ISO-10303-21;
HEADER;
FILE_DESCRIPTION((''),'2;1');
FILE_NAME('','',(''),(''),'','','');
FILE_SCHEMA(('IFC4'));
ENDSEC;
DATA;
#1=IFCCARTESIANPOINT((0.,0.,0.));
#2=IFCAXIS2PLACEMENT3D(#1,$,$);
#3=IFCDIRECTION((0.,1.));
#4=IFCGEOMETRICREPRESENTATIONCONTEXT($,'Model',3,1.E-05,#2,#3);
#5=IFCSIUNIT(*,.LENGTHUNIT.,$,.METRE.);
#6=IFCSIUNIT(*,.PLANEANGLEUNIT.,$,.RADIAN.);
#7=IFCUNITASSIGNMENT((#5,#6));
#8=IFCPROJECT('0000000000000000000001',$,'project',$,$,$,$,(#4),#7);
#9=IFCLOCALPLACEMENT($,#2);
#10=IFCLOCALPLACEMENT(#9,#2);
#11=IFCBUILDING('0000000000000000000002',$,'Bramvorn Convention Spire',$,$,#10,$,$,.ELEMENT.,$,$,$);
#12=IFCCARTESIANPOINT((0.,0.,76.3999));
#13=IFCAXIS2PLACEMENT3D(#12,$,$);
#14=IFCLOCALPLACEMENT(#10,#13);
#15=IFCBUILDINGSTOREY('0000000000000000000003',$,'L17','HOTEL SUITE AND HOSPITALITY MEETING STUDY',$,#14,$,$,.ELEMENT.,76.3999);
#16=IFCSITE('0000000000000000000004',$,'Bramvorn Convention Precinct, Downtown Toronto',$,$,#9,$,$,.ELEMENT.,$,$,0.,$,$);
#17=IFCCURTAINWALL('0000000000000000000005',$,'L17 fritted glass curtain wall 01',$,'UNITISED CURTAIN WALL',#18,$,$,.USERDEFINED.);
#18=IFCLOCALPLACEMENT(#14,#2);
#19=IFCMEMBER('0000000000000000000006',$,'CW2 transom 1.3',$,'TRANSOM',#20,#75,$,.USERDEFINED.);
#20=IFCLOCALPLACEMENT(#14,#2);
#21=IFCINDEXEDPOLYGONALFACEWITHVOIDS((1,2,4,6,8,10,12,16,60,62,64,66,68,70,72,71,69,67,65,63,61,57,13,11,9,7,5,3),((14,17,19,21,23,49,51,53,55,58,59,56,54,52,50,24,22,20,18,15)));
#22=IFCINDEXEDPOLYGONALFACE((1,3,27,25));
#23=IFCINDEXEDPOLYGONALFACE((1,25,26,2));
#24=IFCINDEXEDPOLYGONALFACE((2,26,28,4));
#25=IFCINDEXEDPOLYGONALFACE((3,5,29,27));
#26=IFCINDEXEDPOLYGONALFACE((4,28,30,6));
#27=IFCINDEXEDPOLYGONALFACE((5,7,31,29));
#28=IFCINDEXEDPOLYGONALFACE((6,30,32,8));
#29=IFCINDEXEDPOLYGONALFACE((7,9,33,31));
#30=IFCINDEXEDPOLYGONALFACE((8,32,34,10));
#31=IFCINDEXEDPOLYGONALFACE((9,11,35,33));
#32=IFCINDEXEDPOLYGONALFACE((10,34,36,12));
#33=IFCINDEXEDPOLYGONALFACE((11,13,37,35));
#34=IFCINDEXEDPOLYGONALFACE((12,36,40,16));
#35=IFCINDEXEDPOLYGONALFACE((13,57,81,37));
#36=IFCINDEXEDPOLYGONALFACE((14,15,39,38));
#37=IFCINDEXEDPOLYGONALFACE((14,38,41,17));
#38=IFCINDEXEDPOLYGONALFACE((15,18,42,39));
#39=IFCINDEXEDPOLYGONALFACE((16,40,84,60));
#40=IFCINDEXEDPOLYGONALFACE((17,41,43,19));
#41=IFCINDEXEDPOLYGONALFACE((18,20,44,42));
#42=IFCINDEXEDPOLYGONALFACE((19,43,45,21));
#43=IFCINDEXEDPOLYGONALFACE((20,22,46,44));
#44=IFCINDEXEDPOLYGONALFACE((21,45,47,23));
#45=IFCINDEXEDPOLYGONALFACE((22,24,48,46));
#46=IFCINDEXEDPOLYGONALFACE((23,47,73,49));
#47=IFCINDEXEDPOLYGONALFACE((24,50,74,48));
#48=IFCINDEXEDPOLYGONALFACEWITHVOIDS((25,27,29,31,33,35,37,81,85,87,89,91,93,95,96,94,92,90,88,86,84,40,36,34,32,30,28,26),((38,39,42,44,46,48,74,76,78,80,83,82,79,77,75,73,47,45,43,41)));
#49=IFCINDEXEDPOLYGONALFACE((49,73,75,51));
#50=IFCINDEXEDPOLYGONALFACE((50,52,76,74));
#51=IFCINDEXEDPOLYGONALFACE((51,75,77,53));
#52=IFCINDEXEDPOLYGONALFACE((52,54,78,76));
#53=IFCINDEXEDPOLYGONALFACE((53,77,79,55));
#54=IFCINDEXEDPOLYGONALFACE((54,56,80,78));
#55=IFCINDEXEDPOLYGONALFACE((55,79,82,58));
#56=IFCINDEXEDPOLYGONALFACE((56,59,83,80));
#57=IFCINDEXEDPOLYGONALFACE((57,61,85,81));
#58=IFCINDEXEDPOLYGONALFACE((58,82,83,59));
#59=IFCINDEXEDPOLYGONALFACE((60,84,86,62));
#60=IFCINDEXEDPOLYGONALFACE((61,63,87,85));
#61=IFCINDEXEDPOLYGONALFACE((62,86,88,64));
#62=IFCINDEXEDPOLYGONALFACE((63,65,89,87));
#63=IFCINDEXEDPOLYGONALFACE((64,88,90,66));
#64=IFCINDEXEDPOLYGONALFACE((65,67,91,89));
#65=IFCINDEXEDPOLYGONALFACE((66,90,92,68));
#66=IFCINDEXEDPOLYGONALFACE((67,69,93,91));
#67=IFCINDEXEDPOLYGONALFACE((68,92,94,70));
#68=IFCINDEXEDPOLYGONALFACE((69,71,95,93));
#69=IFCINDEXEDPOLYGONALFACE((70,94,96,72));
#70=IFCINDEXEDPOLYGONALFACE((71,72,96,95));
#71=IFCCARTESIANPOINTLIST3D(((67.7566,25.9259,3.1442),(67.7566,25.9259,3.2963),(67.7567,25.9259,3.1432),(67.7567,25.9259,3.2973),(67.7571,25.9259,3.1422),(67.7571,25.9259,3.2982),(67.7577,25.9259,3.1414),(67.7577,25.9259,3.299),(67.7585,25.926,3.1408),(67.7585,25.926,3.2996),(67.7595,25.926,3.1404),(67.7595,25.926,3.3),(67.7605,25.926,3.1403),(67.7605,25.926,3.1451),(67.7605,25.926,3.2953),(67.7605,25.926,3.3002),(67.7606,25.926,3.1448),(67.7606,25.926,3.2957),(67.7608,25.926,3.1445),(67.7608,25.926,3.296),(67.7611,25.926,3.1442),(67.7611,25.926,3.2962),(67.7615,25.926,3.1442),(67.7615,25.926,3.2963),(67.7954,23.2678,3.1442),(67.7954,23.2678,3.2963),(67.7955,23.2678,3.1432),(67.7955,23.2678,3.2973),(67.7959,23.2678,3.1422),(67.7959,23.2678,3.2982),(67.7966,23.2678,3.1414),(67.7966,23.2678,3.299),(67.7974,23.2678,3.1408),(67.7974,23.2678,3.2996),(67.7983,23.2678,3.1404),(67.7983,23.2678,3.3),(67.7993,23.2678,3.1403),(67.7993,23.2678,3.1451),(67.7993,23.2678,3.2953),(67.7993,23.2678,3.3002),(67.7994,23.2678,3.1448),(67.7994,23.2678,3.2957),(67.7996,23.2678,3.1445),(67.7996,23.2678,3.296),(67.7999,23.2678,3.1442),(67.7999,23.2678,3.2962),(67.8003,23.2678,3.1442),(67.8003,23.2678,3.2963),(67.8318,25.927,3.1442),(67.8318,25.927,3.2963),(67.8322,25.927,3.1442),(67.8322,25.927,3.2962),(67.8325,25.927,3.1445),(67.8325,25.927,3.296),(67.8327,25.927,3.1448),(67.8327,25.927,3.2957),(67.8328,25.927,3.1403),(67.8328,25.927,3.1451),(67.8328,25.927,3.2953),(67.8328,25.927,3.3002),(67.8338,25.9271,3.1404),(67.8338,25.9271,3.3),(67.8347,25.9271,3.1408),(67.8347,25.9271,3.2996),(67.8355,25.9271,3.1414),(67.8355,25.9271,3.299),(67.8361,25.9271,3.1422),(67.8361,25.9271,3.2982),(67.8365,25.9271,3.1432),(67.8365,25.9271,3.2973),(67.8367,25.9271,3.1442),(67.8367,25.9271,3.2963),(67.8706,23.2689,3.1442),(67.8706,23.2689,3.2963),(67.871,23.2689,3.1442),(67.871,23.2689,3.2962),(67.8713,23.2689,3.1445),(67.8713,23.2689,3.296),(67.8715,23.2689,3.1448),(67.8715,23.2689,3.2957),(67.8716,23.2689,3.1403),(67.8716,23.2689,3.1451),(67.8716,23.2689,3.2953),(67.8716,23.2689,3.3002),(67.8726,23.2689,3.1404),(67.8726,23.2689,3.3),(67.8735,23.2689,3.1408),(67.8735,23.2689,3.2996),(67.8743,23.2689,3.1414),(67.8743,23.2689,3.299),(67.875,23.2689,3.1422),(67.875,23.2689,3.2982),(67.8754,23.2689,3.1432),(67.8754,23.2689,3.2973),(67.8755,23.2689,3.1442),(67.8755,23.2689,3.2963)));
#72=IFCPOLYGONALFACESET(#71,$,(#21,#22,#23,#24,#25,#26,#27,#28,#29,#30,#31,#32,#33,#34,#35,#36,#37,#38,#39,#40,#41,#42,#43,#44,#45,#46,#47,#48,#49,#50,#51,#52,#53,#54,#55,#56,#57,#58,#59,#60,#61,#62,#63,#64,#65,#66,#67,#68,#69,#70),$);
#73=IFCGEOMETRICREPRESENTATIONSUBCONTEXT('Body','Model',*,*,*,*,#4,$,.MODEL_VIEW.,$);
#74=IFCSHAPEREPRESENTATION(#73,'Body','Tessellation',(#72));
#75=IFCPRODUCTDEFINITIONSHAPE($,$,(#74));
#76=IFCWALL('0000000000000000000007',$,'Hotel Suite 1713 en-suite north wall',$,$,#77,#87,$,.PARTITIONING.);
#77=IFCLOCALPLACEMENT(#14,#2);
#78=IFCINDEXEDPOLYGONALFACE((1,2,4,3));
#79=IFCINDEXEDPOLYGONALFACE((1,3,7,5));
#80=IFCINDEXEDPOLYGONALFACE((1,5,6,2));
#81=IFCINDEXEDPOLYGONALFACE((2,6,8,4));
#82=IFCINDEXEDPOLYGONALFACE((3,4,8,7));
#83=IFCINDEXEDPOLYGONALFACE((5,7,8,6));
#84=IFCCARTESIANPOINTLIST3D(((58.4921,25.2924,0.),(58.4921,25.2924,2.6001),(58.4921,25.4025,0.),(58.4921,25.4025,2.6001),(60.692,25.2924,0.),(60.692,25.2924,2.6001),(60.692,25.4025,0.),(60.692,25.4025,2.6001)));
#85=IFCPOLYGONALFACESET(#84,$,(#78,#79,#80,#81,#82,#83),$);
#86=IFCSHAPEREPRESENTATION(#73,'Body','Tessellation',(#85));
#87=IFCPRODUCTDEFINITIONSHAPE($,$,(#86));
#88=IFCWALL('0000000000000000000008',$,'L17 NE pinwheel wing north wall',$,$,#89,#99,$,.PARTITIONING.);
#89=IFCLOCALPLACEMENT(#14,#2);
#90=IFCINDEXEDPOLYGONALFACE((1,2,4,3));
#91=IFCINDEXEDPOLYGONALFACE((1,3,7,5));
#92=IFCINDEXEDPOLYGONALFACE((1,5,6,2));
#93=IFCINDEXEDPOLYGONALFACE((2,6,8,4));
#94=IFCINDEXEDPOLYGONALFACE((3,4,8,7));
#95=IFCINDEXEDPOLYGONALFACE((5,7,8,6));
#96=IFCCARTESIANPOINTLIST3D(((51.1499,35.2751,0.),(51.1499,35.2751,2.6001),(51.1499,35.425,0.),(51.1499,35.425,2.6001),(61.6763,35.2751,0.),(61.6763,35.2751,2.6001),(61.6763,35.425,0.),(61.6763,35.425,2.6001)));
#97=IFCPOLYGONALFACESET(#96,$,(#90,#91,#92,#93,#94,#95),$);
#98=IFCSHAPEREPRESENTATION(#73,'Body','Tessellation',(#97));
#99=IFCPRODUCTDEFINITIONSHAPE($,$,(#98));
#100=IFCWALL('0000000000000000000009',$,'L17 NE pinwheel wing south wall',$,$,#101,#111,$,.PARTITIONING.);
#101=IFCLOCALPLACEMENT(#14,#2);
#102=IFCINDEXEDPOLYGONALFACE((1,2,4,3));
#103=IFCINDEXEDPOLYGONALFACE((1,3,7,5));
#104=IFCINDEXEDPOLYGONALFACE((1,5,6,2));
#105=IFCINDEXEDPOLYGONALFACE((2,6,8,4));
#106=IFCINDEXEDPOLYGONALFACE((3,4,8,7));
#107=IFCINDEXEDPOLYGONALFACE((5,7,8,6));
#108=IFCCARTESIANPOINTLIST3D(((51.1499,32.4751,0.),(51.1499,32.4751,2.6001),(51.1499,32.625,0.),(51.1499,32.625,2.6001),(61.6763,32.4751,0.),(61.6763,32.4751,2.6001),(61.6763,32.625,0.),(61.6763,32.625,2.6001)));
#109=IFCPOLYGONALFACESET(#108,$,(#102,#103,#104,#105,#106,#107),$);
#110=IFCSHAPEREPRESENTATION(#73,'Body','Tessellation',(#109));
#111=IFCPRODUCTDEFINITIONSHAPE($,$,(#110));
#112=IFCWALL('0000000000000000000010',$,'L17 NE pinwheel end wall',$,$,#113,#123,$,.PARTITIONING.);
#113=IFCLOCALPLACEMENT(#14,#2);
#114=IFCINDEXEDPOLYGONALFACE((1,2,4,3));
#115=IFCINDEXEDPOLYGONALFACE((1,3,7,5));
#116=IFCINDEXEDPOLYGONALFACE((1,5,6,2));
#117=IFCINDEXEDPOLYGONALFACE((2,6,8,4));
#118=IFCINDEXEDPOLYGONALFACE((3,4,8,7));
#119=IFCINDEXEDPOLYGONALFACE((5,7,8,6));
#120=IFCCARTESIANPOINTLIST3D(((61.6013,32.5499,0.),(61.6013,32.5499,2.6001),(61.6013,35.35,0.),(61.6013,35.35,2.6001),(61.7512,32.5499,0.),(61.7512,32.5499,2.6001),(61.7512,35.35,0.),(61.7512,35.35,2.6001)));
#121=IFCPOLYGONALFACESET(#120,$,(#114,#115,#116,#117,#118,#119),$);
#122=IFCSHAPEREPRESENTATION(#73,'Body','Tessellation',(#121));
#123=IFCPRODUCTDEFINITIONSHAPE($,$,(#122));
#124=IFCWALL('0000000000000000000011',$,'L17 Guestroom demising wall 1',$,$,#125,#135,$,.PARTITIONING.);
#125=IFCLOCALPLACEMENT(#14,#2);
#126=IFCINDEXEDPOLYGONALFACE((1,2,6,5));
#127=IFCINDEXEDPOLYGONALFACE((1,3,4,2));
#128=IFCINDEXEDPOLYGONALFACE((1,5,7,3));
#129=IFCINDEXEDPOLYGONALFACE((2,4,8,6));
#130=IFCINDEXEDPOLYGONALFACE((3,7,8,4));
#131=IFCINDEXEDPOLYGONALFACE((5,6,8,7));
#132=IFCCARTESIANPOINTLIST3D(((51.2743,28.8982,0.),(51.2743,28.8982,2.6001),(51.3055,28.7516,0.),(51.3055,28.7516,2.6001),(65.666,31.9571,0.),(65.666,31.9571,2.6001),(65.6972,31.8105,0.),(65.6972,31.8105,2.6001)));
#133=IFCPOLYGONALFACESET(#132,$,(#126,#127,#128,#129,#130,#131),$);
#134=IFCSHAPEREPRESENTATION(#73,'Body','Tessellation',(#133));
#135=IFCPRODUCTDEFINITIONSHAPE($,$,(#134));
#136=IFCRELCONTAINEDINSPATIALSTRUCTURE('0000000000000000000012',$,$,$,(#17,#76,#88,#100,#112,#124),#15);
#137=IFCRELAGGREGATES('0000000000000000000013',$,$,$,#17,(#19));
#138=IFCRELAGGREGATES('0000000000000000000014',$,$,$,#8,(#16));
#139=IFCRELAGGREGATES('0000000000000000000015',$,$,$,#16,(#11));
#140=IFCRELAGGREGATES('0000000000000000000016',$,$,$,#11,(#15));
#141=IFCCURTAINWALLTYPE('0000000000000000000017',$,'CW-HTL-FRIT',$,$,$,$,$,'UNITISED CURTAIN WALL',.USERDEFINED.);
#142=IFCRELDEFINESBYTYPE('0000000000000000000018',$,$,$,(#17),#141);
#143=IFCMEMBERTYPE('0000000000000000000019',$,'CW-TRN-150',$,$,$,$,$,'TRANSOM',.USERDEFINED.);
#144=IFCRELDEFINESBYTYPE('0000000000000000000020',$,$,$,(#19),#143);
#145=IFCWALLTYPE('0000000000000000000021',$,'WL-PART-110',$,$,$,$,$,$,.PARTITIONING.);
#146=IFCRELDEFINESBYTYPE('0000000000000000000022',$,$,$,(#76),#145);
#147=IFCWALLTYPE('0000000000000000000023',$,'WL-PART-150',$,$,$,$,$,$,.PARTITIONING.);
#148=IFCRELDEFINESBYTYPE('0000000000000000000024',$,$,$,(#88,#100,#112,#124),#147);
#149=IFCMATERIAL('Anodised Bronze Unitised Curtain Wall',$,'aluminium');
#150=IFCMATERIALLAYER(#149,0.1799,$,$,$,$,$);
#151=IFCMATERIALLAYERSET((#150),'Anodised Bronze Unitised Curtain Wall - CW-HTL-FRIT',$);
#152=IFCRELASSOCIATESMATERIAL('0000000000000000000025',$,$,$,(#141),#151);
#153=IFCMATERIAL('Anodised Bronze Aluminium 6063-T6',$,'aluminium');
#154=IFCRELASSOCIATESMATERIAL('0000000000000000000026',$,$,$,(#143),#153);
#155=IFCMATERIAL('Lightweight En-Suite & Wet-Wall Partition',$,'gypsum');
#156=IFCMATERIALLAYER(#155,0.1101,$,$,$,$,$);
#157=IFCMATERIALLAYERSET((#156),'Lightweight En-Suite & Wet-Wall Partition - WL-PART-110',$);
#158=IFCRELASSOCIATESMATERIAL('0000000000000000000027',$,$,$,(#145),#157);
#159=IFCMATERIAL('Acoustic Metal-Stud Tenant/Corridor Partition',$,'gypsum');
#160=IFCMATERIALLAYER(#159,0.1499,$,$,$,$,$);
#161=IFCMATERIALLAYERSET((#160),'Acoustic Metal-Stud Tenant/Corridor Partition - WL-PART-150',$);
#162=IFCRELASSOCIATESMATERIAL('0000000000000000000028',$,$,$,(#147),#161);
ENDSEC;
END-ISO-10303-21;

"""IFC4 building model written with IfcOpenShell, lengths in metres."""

from ifc_helpers import new_model, si_unit, direction, frame, frame_2d, origin, origin_2d, place, context, subcontext, project, spatial, rectangle, hollow_rectangle, extrude, material, layer, layer_set, material_profile, profile_set, type_object, element, aggregate, save


model = new_model("IFC4")

# Units and contexts
model_context = context("Model", 3, precision=1e-05, world=origin(), true_north=direction((0.0, 1.0)))
body_context = subcontext(model_context, "Body", "Model", "MODEL_VIEW")
ifc_project = project(units=[si_unit("LENGTHUNIT", "METRE"), si_unit("PLANEANGLEUNIT", "RADIAN")], contexts=[model_context])

# Site, building, storey
site_placement = place(None, origin())
site = spatial("IfcSite", under=ifc_project, at=site_placement, Name="Bramvorn Convention Precinct, Downtown Toronto", CompositionType="ELEMENT", RefElevation=0.0)
building_placement = place(site_placement, origin())
building = spatial("IfcBuilding", under=site, at=building_placement, Name="Bramvorn Convention Spire", CompositionType="ELEMENT")
storey_placement = place(building_placement, frame((0.0, 0.0, 76.3999)))
storey = spatial("IfcBuildingStorey", under=building, at=storey_placement, Name="L17", Description="HOTEL SUITE AND HOSPITALITY MEETING STUDY", CompositionType="ELEMENT", Elevation=76.3999)

# Curtain wall, member
ifc_material_1 = material(Name="Anodised Bronze Unitised Curtain Wall", Category="aluminium")
ifc_layer_1 = layer(ifc_material_1, 0.1799)
ifc_layer_set_1 = layer_set([ifc_layer_1], Name="Anodised Bronze Unitised Curtain Wall - CW-HTL-FRIT")
curtain_wall_type = type_object("IfcCurtainWallType", Name="CW-HTL-FRIT", ElementType="UNITISED CURTAIN WALL", PredefinedType="USERDEFINED", material=ifc_layer_set_1)
curtain_wall_placement = place(storey_placement, origin())
curtain_wall = element("IfcCurtainWall", 1, at=curtain_wall_placement, inside=storey, type_object=curtain_wall_type, Name="L17 fritted glass curtain wall 01", ObjectType="UNITISED CURTAIN WALL", PredefinedType="USERDEFINED")
ifc_material_2 = material(Name="Anodised Bronze Aluminium 6063-T6", Category="aluminium")
ifc_material_profile_1 = material_profile(ifc_material_2, hollow_rectangle(XDim=0.0801, YDim=0.1599, WallThickness=0.0039, InnerFilletRadius=0.001, OuterFilletRadius=0.0039, at=origin_2d()))
ifc_profile_set_1 = profile_set([ifc_material_profile_1], Name="Anodised Bronze Aluminium 6063-T6 - CWT80X160")
member_type_1 = type_object("IfcMemberType", Name="CW-TRN-150", ElementType="TRANSOM", PredefinedType="USERDEFINED", material=ifc_profile_set_1)
member_1_placement = place(storey_placement, frame((67.7966, 25.9265, 3.2202), z_axis=(0.014602, -0.999893, 0.0), x_axis=(0.999893, 0.014602, 0.0)))
member_1 = element("IfcMember", 2, at=member_1_placement, type_object=member_type_1, Name="CW2 transom 1.3", ObjectType="TRANSOM", PredefinedType="USERDEFINED", context=body_context, shape_type="SweptSolid", body=[
    extrude(hollow_rectangle(XDim=0.0801, YDim=0.1599, WallThickness=0.0039, InnerFilletRadius=0.001, OuterFilletRadius=0.0039, at=origin_2d()), origin(), (0.0, 0.0, 1.0), 2.6584),
])
aggregate(curtain_wall, [member_1])

# Walls
ifc_material_3 = material(Name="Lightweight En-Suite & Wet-Wall Partition", Category="gypsum")
ifc_layer_2 = layer(ifc_material_3, 0.1101)
ifc_layer_set_2 = layer_set([ifc_layer_2], Name="Lightweight En-Suite & Wet-Wall Partition - WL-PART-110")
wall_type_1 = type_object("IfcWallType", Name="WL-PART-110", PredefinedType="PARTITIONING", material=ifc_layer_set_2)
wall_1_placement = place(storey_placement, frame((58.4919, 25.3474, 0.0), z_axis=(0.0, 0.0, 1.0), x_axis=(1.0, 0.0, 0.0)))
element("IfcWall", 3, at=wall_1_placement, inside=storey, type_object=wall_type_1, Name="Hotel Suite 1713 en-suite north wall", PredefinedType="PARTITIONING", context=body_context, shape_type="SweptSolid", body=[
    extrude(rectangle(XDim=2.2, YDim=0.1101, at=frame_2d((1.1001, 0.0))), origin(), (0.0, 0.0, 1.0), 2.6001),
])
ifc_material_4 = material(Name="Acoustic Metal-Stud Tenant/Corridor Partition", Category="gypsum")
ifc_layer_3 = layer(ifc_material_4, 0.1499)
ifc_layer_set_3 = layer_set([ifc_layer_3], Name="Acoustic Metal-Stud Tenant/Corridor Partition - WL-PART-150")
wall_type_2 = type_object("IfcWallType", Name="WL-PART-150", PredefinedType="PARTITIONING", material=ifc_layer_set_3)
for number, where, z_axis, x_axis, name in (
    (4, (51.1499, 35.3501, 0.0), (0.0, 0.0, 1.0), (1.0, 0.0, 0.0), "L17 NE pinwheel wing north wall"),
    (5, (51.1499, 32.55, 0.0), (0.0, 0.0, 1.0), (1.0, 0.0, 0.0), "L17 NE pinwheel wing south wall"),
):
    element("IfcWall", number, at=place(storey_placement, frame(where, z_axis=z_axis, x_axis=x_axis)), inside=storey, type_object=wall_type_2, Name=name, PredefinedType="PARTITIONING", context=body_context, shape_type="SweptSolid", body=[
        extrude(rectangle(XDim=10.5264, YDim=0.1499, at=frame_2d((5.2632, 0.0))), origin(), (0.0, 0.0, 1.0), 2.6001),
    ])
wall_2_placement = place(storey_placement, frame((61.6763, 32.55, 0.0), z_axis=(0.0, 0.0, 1.0), x_axis=(0.0, 1.0, 0.0)))
element("IfcWall", 6, at=wall_2_placement, inside=storey, type_object=wall_type_2, Name="L17 NE pinwheel end wall", PredefinedType="PARTITIONING", context=body_context, shape_type="SweptSolid", body=[
    extrude(rectangle(XDim=2.8, YDim=0.1499, at=frame_2d((1.3999, 0.0))), origin(), (0.0, 0.0, 1.0), 2.6001),
])
wall_3_placement = place(storey_placement, frame((51.29, 28.825, 0.0), z_axis=(0.0, 0.0, 1.0), x_axis=(0.97815, 0.207899, 0.0)))
element("IfcWall", 7, at=wall_3_placement, inside=storey, type_object=wall_type_2, Name="L17 Guestroom demising wall 1", PredefinedType="PARTITIONING", context=body_context, shape_type="SweptSolid", body=[
    extrude(rectangle(XDim=14.7131, YDim=0.1499, at=frame_2d((7.3564, 0.0))), origin(), (0.0, 0.0, 1.0), 2.6001),
])

save(model, "model.ifc")
